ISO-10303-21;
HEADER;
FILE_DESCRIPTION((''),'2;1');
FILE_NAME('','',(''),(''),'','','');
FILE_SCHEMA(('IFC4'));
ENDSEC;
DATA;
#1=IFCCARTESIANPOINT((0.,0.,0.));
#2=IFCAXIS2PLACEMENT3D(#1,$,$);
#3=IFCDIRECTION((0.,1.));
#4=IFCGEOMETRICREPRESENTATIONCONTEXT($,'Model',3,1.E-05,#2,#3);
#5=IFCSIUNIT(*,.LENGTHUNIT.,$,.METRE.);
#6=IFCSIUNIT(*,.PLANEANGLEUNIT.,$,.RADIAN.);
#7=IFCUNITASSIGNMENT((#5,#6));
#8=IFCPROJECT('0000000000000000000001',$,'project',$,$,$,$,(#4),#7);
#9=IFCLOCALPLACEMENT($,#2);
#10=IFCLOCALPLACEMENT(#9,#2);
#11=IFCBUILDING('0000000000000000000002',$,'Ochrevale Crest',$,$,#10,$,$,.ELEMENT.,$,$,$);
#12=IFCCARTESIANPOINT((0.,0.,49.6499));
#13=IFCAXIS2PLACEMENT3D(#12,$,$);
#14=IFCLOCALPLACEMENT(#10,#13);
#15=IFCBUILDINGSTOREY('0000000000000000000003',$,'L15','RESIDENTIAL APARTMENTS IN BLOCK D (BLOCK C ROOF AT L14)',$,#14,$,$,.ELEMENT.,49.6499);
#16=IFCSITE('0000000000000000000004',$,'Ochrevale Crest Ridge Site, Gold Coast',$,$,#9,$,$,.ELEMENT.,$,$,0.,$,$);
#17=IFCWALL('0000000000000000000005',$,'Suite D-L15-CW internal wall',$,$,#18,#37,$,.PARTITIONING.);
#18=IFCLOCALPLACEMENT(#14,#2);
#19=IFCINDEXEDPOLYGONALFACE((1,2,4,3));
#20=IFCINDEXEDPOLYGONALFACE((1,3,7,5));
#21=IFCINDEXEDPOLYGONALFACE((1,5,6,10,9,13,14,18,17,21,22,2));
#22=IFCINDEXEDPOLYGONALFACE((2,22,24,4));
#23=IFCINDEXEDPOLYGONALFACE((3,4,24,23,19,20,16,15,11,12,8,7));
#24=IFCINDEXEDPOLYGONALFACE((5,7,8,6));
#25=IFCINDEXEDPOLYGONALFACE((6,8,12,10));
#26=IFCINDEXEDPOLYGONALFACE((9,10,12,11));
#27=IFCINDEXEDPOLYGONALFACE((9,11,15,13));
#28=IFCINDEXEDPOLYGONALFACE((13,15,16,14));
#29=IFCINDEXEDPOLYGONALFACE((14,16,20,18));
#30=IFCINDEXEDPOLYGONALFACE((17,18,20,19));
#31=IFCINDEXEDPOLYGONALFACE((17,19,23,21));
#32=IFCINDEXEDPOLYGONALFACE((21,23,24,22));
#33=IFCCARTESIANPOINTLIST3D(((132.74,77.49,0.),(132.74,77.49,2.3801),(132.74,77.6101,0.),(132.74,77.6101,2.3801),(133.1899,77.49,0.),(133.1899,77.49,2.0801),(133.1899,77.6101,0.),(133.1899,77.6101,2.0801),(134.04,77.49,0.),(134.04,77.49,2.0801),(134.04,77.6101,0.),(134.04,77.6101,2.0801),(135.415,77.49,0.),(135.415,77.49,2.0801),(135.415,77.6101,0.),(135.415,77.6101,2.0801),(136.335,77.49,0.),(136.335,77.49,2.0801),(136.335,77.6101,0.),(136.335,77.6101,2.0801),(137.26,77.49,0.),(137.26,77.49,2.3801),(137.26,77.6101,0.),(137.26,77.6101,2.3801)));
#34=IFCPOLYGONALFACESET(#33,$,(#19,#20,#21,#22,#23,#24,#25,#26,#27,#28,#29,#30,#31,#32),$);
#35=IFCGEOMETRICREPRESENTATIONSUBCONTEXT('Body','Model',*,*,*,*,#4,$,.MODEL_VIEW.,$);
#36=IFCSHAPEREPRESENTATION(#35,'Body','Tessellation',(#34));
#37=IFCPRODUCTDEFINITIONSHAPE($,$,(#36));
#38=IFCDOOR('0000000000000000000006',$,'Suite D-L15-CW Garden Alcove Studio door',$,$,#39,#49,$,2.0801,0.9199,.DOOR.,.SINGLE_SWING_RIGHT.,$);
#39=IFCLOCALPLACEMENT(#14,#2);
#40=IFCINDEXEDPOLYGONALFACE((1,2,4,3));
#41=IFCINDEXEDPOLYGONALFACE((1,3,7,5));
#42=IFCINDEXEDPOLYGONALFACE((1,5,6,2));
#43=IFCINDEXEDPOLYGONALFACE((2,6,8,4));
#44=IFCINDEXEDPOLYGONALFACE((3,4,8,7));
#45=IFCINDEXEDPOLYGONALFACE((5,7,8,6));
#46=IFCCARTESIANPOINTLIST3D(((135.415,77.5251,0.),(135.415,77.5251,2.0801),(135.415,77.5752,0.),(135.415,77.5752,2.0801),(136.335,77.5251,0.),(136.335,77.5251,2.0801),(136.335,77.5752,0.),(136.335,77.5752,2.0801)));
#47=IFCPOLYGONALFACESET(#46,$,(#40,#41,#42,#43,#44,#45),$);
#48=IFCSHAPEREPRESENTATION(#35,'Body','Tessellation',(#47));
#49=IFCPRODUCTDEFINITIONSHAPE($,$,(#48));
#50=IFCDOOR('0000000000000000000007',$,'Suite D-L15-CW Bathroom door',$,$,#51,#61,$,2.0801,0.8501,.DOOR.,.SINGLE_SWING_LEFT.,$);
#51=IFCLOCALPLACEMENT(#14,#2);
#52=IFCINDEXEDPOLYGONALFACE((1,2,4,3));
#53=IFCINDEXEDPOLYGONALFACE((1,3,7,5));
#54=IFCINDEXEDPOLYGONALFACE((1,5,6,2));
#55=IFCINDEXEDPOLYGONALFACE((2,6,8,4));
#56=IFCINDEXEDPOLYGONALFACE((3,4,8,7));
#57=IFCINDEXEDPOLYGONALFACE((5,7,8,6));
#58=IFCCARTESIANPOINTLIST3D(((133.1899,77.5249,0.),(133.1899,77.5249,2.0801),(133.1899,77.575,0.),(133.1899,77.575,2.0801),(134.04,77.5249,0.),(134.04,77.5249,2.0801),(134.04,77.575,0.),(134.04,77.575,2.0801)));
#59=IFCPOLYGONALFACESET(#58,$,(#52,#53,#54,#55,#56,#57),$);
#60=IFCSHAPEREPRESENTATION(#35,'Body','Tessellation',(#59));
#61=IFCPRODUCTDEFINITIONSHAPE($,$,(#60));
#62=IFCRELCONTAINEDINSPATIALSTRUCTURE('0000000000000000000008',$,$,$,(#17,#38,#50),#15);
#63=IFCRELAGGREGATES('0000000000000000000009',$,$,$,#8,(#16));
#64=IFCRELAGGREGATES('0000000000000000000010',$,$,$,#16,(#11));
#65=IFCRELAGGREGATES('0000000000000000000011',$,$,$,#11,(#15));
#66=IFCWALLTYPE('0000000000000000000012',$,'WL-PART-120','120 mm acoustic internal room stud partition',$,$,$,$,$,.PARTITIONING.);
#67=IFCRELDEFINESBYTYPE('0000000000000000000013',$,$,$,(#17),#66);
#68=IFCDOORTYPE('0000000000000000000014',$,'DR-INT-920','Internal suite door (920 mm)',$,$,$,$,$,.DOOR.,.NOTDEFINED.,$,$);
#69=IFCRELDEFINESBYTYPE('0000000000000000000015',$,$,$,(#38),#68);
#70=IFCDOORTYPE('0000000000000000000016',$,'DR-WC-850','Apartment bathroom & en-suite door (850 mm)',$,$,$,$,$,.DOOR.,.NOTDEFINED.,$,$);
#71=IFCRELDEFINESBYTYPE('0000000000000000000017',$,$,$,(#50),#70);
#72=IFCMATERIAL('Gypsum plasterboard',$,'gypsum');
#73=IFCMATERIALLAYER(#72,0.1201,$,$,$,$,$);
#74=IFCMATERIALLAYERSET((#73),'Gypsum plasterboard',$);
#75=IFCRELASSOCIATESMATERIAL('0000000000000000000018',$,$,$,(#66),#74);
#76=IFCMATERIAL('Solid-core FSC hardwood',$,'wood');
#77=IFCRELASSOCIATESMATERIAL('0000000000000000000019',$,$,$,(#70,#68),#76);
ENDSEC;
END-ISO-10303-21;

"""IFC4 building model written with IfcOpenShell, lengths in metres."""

from ifc_helpers import new_model, si_unit, direction, frame, frame_2d, origin, place, context, subcontext, project, spatial, rectangle, extrude, material, layer, layer_set, type_object, element, fill, save


model = new_model("IFC4")

# Units and contexts
model_context = context("Model", 3, precision=1e-05, world=origin(), true_north=direction((0.0, 1.0)))
body_context = subcontext(model_context, "Body", "Model", "MODEL_VIEW")
ifc_project = project(units=[si_unit("LENGTHUNIT", "METRE"), si_unit("PLANEANGLEUNIT", "RADIAN")], contexts=[model_context])

# Site, building, storey
site_placement = place(None, origin())
site = spatial("IfcSite", under=ifc_project, at=site_placement, Name="Ochrevale Crest Ridge Site, Gold Coast", CompositionType="ELEMENT", RefElevation=0.0)
building_placement = place(site_placement, origin())
building = spatial("IfcBuilding", under=site, at=building_placement, Name="Ochrevale Crest", CompositionType="ELEMENT")
storey_placement = place(building_placement, frame((0.0, 0.0, 49.6499)))
storey = spatial("IfcBuildingStorey", under=building, at=storey_placement, Name="L15", Description="RESIDENTIAL APARTMENTS IN BLOCK D (BLOCK C ROOF AT L14)", CompositionType="ELEMENT", Elevation=49.6499)

# Shared definitions
ifc_material_1 = material(Name="Gypsum plasterboard", Category="gypsum")
ifc_material_2 = material(Name="Solid-core FSC hardwood", Category="wood")

# Wall, openings, doors
ifc_layer_1 = layer(ifc_material_1, 0.1201)
ifc_layer_set_1 = layer_set([ifc_layer_1], Name="Gypsum plasterboard")
wall_type_1 = type_object("IfcWallType", Name="WL-PART-120", Description="120 mm acoustic internal room stud partition", PredefinedType="PARTITIONING", material=ifc_layer_set_1)
door_type_1 = type_object("IfcDoorType", Name="DR-WC-850", Description="Apartment bathroom & en-suite door (850 mm)", OperationType="NOTDEFINED", PredefinedType="DOOR", material=ifc_material_2)
wall_1_placement = place(storey_placement, frame((132.74, 77.55, 0.0), z_axis=(0.0, 0.0, 1.0), x_axis=(1.0, 0.0, 0.0)))
wall_1 = element("IfcWall", 1, at=wall_1_placement, inside=storey, type_object=wall_type_1, Name="Suite D-L15-CW internal wall", PredefinedType="PARTITIONING", context=body_context, shape_type="SweptSolid", body=[
    extrude(rectangle(XDim=4.52, YDim=0.1201, at=frame_2d((2.26, 0.0))), origin(), (0.0, 0.0, 1.0), 2.3801),
])
opening_1_placement = place(wall_1_placement, frame((0.45, 0.0, 0.0)))
opening_1 = element("IfcOpeningElement", 2, at=opening_1_placement, cuts=wall_1, PredefinedType="OPENING", context=body_context, shape_type="SweptSolid", body=[
    extrude(rectangle(XDim=0.8501, YDim=2.0801, at=frame_2d((0.425, 1.04))), frame((0.0, 0.0701, 0.0), z_axis=(0.0, -1.0, 0.0), x_axis=(1.0, 0.0, 0.0)), (0.0, 0.0, 1.0), 0.1401),
])
opening_2_placement = place(wall_1_placement, frame((3.595, 0.0, 0.0), z_axis=(0.0, 0.0, 1.0), x_axis=(-1.0, 0.0, 0.0)))
opening_2 = element("IfcOpeningElement", 3, at=opening_2_placement, cuts=wall_1, PredefinedType="OPENING", context=body_context, shape_type="SweptSolid", body=[
    extrude(rectangle(XDim=0.9199, YDim=2.0801, at=frame_2d((0.46, 1.04))), frame((0.0, 0.0701, 0.0), z_axis=(0.0, -1.0, 0.0), x_axis=(1.0, 0.0, 0.0)), (0.0, 0.0, 1.0), 0.1401),
])
door_type_2 = type_object("IfcDoorType", Name="DR-INT-920", Description="Internal suite door (920 mm)", OperationType="NOTDEFINED", PredefinedType="DOOR", material=ifc_material_2)
door_1_placement = place(opening_2_placement, origin())
door_1 = element("IfcDoor", 4, at=door_1_placement, inside=storey, type_object=door_type_2, Name="Suite D-L15-CW Garden Alcove Studio door", OperationType="SINGLE_SWING_RIGHT", OverallHeight=2.0801, OverallWidth=0.9199, PredefinedType="DOOR", context=body_context, shape_type="SweptSolid", body=[
    extrude(rectangle(XDim=0.9199, YDim=2.0801, at=frame_2d((0.46, 1.04))), frame((0.0, 0.0249, 0.0), z_axis=(0.0, -1.0, 0.0), x_axis=(1.0, 0.0, 0.0)), (0.0, 0.0, 1.0), 0.05),
])
fill(opening_2, door_1)
door_2_placement = place(opening_1_placement, origin())
door_2 = element("IfcDoor", 5, at=door_2_placement, inside=storey, type_object=door_type_1, Name="Suite D-L15-CW Bathroom door", OperationType="SINGLE_SWING_LEFT", OverallHeight=2.0801, OverallWidth=0.8501, PredefinedType="DOOR", context=body_context, shape_type="SweptSolid", body=[
    extrude(rectangle(XDim=0.8501, YDim=2.0801, at=frame_2d((0.425, 1.04))), frame((0.0, 0.0249, 0.0), z_axis=(0.0, -1.0, 0.0), x_axis=(1.0, 0.0, 0.0)), (0.0, 0.0, 1.0), 0.05),
])
fill(opening_1, door_2)

save(model, "model.ifc")
